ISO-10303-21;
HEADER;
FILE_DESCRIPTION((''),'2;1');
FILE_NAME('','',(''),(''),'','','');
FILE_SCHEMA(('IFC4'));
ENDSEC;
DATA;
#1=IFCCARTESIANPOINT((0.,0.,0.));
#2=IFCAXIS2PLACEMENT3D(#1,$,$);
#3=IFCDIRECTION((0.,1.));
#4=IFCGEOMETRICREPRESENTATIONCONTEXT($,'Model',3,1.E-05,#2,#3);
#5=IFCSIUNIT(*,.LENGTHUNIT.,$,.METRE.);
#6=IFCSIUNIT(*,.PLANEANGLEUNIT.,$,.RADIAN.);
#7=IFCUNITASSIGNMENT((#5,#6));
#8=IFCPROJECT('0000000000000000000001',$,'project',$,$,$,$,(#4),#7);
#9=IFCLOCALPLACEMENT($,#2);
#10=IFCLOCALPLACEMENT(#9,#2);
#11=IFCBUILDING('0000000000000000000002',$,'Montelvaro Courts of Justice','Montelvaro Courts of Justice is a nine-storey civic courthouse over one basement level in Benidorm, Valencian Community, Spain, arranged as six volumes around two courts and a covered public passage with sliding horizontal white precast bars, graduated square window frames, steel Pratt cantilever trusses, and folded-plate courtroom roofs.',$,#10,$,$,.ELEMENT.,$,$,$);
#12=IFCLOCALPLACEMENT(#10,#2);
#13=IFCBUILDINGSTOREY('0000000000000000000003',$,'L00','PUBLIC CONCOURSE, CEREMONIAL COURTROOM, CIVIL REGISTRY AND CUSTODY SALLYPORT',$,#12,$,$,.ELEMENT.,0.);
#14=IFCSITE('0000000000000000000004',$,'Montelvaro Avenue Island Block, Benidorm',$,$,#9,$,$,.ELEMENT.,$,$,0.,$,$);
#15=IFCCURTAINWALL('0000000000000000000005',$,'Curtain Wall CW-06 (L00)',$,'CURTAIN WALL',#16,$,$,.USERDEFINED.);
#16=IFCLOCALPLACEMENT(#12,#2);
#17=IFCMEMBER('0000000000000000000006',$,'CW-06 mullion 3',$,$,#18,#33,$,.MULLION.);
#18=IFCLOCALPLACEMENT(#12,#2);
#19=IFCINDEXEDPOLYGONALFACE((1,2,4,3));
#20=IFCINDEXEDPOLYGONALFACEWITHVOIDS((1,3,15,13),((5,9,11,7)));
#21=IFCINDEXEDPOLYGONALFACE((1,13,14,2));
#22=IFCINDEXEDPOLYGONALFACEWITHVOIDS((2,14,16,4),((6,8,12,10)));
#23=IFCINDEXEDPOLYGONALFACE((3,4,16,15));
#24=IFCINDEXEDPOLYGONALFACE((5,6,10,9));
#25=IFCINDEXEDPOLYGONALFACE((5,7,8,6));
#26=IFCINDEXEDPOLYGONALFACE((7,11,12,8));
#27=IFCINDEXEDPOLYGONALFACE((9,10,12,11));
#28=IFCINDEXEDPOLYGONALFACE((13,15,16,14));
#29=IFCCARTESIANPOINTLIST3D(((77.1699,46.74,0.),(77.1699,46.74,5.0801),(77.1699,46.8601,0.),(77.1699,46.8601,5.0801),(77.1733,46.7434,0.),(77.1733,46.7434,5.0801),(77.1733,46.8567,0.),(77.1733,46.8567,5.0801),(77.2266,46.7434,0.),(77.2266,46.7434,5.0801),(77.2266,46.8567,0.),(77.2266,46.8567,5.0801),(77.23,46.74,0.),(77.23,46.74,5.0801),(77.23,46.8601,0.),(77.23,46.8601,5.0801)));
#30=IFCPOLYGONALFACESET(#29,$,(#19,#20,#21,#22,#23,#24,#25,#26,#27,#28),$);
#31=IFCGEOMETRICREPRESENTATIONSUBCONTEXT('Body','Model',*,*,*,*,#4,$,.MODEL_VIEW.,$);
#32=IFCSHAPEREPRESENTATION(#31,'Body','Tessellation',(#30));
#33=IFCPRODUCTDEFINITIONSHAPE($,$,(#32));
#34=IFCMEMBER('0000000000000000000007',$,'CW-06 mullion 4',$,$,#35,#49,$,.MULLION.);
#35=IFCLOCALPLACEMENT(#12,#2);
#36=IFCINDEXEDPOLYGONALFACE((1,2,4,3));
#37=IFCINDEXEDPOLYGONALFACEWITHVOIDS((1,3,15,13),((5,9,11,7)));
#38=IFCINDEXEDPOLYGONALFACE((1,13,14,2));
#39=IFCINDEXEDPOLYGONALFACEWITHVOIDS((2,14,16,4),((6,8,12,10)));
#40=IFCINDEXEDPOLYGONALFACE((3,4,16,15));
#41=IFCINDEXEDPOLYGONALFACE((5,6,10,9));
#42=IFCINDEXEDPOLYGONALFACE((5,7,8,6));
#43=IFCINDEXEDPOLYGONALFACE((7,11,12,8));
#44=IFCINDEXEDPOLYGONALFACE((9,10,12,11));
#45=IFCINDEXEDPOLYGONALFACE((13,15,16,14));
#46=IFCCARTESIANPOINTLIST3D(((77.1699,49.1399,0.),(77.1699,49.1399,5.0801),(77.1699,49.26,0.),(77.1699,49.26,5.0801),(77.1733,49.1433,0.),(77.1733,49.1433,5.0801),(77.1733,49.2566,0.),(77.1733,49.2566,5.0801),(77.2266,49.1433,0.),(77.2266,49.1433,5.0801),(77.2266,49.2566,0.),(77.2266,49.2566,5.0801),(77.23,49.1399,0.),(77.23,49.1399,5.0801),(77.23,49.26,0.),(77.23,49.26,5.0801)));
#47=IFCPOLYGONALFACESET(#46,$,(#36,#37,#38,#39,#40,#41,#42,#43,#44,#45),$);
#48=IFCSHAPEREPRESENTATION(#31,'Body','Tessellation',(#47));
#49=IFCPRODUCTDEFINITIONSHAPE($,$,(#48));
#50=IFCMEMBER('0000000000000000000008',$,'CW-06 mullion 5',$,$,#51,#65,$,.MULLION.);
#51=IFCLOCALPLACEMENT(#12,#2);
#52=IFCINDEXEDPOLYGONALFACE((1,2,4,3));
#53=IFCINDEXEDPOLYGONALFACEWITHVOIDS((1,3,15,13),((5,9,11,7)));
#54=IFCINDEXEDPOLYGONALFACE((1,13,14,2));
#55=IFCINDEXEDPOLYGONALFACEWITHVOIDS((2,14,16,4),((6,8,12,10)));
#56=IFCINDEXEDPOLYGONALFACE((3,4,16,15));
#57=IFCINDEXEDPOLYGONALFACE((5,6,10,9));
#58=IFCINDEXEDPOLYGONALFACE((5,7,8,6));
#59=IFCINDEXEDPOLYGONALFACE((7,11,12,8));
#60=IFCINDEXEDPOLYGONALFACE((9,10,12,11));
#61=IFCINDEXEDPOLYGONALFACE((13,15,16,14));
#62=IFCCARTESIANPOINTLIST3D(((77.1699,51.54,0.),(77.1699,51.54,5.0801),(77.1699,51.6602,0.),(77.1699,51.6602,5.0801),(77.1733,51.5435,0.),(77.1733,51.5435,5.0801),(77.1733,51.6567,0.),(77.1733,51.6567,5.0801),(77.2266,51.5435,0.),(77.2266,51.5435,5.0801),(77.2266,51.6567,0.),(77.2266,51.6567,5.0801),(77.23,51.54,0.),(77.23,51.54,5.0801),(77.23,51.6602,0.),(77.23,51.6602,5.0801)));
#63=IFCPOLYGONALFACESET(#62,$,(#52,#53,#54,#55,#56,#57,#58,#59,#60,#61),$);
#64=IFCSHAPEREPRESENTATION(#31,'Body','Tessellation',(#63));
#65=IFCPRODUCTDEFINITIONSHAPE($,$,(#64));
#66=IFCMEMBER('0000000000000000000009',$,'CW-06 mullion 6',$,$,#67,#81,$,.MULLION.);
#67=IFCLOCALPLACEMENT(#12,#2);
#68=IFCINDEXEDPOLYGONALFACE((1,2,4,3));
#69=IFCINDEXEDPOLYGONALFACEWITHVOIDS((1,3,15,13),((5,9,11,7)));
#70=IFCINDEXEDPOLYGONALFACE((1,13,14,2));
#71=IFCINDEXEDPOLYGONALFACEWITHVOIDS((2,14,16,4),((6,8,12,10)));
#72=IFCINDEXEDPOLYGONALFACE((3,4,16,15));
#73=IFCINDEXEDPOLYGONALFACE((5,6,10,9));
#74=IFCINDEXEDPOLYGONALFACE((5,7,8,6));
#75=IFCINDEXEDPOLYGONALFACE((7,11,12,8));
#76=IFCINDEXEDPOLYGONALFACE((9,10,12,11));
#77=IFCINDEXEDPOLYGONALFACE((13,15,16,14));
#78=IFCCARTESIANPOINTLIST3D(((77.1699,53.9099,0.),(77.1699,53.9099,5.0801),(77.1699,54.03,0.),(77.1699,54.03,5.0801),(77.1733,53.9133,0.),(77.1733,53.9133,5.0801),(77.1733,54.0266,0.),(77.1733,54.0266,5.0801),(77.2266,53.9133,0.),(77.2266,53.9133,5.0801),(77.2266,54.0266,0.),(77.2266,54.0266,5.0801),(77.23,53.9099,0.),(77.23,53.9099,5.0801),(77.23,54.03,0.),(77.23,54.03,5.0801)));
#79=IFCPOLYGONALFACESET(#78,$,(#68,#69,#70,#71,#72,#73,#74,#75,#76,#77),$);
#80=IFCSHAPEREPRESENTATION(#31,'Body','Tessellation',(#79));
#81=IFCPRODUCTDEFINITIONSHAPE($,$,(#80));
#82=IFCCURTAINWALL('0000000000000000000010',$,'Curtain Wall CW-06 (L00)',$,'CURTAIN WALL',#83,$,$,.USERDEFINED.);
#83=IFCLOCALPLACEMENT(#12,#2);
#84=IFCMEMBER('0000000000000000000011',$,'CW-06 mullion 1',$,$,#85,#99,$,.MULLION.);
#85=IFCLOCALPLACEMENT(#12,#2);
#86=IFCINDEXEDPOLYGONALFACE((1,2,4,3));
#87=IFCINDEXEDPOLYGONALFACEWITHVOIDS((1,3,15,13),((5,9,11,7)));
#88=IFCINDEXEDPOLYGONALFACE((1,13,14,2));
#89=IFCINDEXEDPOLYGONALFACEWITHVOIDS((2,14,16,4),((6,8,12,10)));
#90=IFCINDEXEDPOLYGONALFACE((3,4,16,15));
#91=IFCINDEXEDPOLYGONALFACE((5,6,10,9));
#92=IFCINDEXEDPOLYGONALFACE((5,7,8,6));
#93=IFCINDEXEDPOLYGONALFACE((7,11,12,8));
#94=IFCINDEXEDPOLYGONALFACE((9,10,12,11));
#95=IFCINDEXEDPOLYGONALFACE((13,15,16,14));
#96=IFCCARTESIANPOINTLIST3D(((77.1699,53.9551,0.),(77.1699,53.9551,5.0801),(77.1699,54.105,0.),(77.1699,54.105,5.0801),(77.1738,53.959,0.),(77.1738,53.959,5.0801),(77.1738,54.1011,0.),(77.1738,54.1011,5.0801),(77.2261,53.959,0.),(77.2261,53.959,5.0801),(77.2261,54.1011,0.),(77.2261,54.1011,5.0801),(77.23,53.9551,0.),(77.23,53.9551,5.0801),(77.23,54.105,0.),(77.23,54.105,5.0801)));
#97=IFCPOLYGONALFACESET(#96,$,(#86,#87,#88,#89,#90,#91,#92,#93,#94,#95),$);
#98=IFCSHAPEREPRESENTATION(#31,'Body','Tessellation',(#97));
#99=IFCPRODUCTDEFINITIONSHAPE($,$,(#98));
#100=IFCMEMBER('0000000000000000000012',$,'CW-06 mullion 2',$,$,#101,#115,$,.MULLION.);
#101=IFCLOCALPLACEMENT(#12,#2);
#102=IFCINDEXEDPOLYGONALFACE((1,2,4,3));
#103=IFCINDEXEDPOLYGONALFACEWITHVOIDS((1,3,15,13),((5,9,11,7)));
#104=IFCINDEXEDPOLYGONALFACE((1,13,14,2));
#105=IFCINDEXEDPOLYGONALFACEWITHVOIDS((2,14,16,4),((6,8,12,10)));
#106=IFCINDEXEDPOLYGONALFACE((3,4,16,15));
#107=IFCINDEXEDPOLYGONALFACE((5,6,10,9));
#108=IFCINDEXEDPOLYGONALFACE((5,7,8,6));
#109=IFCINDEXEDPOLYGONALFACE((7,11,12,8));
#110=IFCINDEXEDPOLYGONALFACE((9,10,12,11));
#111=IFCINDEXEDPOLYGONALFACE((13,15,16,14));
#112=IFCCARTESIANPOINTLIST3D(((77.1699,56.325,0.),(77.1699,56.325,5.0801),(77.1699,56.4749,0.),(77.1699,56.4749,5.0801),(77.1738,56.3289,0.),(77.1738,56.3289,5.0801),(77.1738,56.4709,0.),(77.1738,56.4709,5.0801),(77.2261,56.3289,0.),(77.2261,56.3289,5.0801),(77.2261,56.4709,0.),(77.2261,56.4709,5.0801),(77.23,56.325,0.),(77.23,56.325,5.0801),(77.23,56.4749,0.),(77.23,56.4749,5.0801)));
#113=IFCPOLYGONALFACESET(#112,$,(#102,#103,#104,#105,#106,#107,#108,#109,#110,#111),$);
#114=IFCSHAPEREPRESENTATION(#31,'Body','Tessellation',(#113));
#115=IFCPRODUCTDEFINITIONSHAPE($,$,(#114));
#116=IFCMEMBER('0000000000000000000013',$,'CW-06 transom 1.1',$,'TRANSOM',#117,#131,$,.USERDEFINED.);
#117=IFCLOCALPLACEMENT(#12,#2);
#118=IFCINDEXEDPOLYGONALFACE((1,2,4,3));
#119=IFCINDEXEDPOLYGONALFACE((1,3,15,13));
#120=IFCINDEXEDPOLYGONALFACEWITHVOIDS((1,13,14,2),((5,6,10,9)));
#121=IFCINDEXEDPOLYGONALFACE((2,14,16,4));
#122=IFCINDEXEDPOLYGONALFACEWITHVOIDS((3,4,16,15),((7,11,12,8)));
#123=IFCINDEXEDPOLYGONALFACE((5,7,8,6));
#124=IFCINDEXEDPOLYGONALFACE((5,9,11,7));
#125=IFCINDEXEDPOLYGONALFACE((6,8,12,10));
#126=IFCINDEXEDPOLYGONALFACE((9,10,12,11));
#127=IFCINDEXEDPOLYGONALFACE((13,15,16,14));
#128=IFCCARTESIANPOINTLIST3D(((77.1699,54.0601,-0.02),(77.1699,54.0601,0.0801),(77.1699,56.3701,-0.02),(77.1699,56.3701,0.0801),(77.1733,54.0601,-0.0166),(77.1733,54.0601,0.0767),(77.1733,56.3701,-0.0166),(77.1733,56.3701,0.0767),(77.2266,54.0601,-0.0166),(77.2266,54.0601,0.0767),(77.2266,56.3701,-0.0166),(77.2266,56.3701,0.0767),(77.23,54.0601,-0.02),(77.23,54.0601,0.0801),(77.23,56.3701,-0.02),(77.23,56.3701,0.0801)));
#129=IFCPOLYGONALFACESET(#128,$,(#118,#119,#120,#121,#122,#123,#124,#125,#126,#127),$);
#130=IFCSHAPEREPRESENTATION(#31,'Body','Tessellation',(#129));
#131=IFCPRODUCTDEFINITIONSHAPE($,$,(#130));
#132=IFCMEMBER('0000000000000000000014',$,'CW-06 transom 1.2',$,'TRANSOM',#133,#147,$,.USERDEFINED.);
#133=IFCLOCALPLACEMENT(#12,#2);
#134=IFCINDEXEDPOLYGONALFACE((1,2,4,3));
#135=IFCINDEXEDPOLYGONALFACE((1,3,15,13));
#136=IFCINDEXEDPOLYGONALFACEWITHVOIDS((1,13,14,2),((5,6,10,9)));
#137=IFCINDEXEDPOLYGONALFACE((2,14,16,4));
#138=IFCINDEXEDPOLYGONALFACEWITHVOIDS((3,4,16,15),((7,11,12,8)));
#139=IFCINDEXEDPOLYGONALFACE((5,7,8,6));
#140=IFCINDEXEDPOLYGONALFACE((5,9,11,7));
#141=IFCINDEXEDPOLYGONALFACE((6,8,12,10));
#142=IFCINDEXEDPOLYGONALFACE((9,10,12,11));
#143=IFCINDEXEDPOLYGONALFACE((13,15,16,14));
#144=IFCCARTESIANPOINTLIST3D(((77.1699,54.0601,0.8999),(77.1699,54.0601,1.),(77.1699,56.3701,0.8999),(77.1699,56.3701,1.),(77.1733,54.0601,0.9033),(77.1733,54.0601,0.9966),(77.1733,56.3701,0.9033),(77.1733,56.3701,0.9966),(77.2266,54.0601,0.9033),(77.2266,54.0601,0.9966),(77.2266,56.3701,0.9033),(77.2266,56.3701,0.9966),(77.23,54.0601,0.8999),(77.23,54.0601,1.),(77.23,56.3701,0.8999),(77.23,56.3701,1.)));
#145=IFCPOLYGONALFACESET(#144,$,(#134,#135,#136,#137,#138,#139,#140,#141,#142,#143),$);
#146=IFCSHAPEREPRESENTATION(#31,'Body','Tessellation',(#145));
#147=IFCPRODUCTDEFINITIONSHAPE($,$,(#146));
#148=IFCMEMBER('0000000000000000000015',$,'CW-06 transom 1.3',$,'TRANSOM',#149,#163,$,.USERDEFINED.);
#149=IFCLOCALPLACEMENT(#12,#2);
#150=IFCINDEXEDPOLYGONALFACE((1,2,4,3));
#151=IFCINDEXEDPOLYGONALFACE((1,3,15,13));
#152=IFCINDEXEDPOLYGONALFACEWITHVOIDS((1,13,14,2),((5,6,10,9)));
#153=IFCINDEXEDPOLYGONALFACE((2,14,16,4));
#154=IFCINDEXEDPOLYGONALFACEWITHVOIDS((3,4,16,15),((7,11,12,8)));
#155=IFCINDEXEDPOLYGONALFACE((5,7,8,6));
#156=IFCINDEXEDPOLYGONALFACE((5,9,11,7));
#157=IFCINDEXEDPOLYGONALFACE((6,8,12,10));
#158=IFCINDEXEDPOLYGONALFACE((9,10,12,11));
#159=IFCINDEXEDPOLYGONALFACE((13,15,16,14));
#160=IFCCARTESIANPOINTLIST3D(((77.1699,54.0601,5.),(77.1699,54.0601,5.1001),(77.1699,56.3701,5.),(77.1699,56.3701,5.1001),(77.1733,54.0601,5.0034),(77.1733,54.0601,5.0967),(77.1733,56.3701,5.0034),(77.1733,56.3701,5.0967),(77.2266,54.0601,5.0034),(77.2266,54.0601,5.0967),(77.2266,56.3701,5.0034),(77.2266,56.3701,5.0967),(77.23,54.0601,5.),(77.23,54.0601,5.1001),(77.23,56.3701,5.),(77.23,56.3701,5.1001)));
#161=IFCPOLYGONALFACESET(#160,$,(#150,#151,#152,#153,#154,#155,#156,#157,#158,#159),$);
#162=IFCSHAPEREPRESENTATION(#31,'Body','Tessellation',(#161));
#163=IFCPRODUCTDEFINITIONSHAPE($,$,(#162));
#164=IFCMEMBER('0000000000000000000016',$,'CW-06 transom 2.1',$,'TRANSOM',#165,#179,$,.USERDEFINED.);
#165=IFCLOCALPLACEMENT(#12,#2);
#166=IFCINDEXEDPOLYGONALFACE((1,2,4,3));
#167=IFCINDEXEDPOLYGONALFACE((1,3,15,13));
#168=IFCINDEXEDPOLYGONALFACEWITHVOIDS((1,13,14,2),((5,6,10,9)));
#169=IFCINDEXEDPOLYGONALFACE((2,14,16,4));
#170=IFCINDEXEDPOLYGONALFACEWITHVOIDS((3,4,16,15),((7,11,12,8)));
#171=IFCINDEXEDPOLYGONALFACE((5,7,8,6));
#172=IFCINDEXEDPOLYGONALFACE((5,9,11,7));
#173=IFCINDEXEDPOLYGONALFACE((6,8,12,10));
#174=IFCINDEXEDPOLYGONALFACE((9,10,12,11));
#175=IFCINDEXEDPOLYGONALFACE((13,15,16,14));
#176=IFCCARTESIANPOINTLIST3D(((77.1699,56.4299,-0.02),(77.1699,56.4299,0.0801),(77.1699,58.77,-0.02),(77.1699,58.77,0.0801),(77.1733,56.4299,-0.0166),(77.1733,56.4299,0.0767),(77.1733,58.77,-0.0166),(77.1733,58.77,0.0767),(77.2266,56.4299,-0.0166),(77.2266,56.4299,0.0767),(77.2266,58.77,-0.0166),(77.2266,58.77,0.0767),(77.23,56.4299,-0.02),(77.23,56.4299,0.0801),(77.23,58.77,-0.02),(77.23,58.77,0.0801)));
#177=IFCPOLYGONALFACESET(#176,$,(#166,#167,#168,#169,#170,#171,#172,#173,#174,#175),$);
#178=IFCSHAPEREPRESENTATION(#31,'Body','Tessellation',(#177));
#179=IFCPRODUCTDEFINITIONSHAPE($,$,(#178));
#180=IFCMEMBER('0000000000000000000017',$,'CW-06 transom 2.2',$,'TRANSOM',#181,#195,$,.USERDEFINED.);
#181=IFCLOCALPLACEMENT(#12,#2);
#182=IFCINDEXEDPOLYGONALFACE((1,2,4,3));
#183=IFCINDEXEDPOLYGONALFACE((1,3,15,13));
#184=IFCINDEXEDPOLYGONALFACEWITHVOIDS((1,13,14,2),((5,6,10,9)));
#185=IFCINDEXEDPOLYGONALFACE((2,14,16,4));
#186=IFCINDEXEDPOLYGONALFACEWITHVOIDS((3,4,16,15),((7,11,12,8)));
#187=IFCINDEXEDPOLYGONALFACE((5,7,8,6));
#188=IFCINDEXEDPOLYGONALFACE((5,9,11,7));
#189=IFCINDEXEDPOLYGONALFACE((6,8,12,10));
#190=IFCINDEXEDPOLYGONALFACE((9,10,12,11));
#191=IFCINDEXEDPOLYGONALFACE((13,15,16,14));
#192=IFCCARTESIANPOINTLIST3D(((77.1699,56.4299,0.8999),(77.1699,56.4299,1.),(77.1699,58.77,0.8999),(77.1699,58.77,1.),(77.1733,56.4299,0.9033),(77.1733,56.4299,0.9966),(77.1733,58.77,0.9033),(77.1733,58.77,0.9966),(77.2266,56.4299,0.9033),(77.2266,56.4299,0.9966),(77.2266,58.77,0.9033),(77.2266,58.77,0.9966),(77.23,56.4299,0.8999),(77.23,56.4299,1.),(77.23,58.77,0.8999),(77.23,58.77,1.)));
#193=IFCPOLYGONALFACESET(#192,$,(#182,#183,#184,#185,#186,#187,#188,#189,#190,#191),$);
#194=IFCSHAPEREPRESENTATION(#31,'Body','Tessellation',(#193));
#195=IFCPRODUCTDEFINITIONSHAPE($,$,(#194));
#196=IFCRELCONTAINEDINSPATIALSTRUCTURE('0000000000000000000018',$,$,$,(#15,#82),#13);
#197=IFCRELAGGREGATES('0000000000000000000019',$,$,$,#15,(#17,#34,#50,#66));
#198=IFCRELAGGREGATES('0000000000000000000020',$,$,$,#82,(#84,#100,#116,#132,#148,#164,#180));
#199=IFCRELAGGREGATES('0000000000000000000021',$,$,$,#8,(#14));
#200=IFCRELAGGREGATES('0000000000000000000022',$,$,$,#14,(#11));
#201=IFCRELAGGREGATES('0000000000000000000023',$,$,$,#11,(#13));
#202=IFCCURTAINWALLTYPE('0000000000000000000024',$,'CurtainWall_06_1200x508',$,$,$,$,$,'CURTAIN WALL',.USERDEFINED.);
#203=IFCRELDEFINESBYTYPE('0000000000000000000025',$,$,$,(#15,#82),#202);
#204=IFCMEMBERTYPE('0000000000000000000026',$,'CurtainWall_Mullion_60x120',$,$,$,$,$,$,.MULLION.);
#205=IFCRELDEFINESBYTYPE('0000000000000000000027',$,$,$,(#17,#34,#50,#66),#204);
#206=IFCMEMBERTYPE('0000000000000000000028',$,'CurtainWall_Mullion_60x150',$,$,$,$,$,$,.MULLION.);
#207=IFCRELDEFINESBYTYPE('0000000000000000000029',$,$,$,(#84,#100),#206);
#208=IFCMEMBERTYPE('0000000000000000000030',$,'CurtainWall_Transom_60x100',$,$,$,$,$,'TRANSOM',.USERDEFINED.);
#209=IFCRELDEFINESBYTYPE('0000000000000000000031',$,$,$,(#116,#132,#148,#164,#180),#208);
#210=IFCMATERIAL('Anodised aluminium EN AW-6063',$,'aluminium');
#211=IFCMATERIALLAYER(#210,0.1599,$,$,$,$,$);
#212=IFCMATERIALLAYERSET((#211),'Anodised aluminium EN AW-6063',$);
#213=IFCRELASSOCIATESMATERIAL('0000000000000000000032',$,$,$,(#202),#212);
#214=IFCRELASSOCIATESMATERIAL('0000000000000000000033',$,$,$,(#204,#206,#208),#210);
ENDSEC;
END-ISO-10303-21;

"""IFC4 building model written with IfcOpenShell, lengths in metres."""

from ifc_helpers import new_model, si_unit, direction, frame, origin, origin_2d, place, context, subcontext, project, spatial, hollow_rectangle, extrude, material, layer, layer_set, material_profile, profile_set, type_object, element, aggregate, save


model = new_model("IFC4")

# Units and contexts
model_context = context("Model", 3, precision=1e-05, world=origin(), true_north=direction((0.0, 1.0)))
body_context = subcontext(model_context, "Body", "Model", "MODEL_VIEW")
ifc_project = project(units=[si_unit("LENGTHUNIT", "METRE"), si_unit("PLANEANGLEUNIT", "RADIAN")], contexts=[model_context])

# Site, building, storey
site_placement = place(None, origin())
site = spatial("IfcSite", under=ifc_project, at=site_placement, Name="Montelvaro Avenue Island Block, Benidorm", CompositionType="ELEMENT", RefElevation=0.0)
building_placement = place(site_placement, origin())
building = spatial("IfcBuilding", under=site, at=building_placement, Name="Montelvaro Courts of Justice", Description="Montelvaro Courts of Justice is a nine-storey civic courthouse over one basement level in Benidorm, Valencian Community, Spain, arranged as six volumes around two courts and a covered public passage with sliding horizontal white precast bars, graduated square window frames, steel Pratt cantilever trusses, and folded-plate courtroom roofs.", CompositionType="ELEMENT")
storey_placement = place(building_placement, origin())
storey = spatial("IfcBuildingStorey", under=building, at=storey_placement, Name="L00", Description="PUBLIC CONCOURSE, CEREMONIAL COURTROOM, CIVIL REGISTRY AND CUSTODY SALLYPORT", CompositionType="ELEMENT", Elevation=0.0)

# Curtain walls, members
ifc_material_1 = material(Name="Anodised aluminium EN AW-6063", Category="aluminium")
ifc_layer_1 = layer(ifc_material_1, 0.1599)
ifc_layer_set_1 = layer_set([ifc_layer_1], Name="Anodised aluminium EN AW-6063")
curtain_wall_type = type_object("IfcCurtainWallType", Name="CurtainWall_06_1200x508", ElementType="CURTAIN WALL", PredefinedType="USERDEFINED", material=ifc_layer_set_1)
curtain_wall_1_placement = place(storey_placement, origin())
curtain_wall_1 = element("IfcCurtainWall", 1, at=curtain_wall_1_placement, inside=storey, type_object=curtain_wall_type, Name="Curtain Wall CW-06 (L00)", ObjectType="CURTAIN WALL", PredefinedType="USERDEFINED")
ifc_material_profile_1 = material_profile(ifc_material_1, hollow_rectangle(XDim=0.0601, YDim=0.1201, WallThickness=0.0034, at=origin_2d()), Name="ALU-M 60x120")
ifc_profile_set_1 = profile_set([ifc_material_profile_1], Name="Anodised aluminium EN AW-6063")
member_type_1 = type_object("IfcMemberType", Name="CurtainWall_Mullion_60x120", PredefinedType="MULLION", material=ifc_profile_set_1)
member_1_placement = place(storey_placement, frame((77.2, 46.8, 0.0), z_axis=(0.0, 0.0, 1.0), x_axis=(-1.0, 0.0, 0.0)))
member_1 = element("IfcMember", 2, at=member_1_placement, type_object=member_type_1, Name="CW-06 mullion 3", PredefinedType="MULLION", context=body_context, shape_type="SweptSolid", body=[
    extrude(hollow_rectangle(XDim=0.0601, YDim=0.1201, WallThickness=0.0034, at=origin_2d()), origin(), (0.0, 0.0, 1.0), 5.0801),
])
member_2_placement = place(storey_placement, frame((77.2, 49.2, 0.0), z_axis=(0.0, 0.0, 1.0), x_axis=(-1.0, 0.0, 0.0)))
member_2 = element("IfcMember", 3, at=member_2_placement, type_object=member_type_1, Name="CW-06 mullion 4", PredefinedType="MULLION", context=body_context, shape_type="SweptSolid", body=[
    extrude(hollow_rectangle(XDim=0.0601, YDim=0.1201, WallThickness=0.0034, at=origin_2d()), origin(), (0.0, 0.0, 1.0), 5.0801),
])
member_3_placement = place(storey_placement, frame((77.2, 51.6001, 0.0), z_axis=(0.0, 0.0, 1.0), x_axis=(-1.0, 0.0, 0.0)))
member_3 = element("IfcMember", 4, at=member_3_placement, type_object=member_type_1, Name="CW-06 mullion 5", PredefinedType="MULLION", context=body_context, shape_type="SweptSolid", body=[
    extrude(hollow_rectangle(XDim=0.0601, YDim=0.1201, WallThickness=0.0034, at=origin_2d()), origin(), (0.0, 0.0, 1.0), 5.0801),
])
member_4_placement = place(storey_placement, frame((77.2, 53.97, 0.0), z_axis=(0.0, 0.0, 1.0), x_axis=(-1.0, 0.0, 0.0)))
member_4 = element("IfcMember", 5, at=member_4_placement, type_object=member_type_1, Name="CW-06 mullion 6", PredefinedType="MULLION", context=body_context, shape_type="SweptSolid", body=[
    extrude(hollow_rectangle(XDim=0.0601, YDim=0.1201, WallThickness=0.0034, at=origin_2d()), origin(), (0.0, 0.0, 1.0), 5.0801),
])
curtain_wall_2_placement = place(storey_placement, origin())
curtain_wall_2 = element("IfcCurtainWall", 6, at=curtain_wall_2_placement, inside=storey, type_object=curtain_wall_type, Name="Curtain Wall CW-06 (L00)", ObjectType="CURTAIN WALL", PredefinedType="USERDEFINED")
ifc_material_profile_2 = material_profile(ifc_material_1, hollow_rectangle(XDim=0.0601, YDim=0.1499, WallThickness=0.0039, at=origin_2d()), Name="ALU-M 60x150")
ifc_profile_set_2 = profile_set([ifc_material_profile_2], Name="Anodised aluminium EN AW-6063")
member_type_2 = type_object("IfcMemberType", Name="CurtainWall_Mullion_60x150", PredefinedType="MULLION", material=ifc_profile_set_2)
member_5_placement = place(storey_placement, frame((77.2, 54.03, 0.0), z_axis=(0.0, 0.0, 1.0), x_axis=(-1.0, 0.0, 0.0)))
member_5 = element("IfcMember", 7, at=member_5_placement, type_object=member_type_2, Name="CW-06 mullion 1", PredefinedType="MULLION", context=body_context, shape_type="SweptSolid", body=[
    extrude(hollow_rectangle(XDim=0.0601, YDim=0.1499, WallThickness=0.0039, at=origin_2d()), origin(), (0.0, 0.0, 1.0), 5.0801),
])
member_6_placement = place(storey_placement, frame((77.2, 56.3999, 0.0), z_axis=(0.0, 0.0, 1.0), x_axis=(-1.0, 0.0, 0.0)))
member_6 = element("IfcMember", 8, at=member_6_placement, type_object=member_type_2, Name="CW-06 mullion 2", PredefinedType="MULLION", context=body_context, shape_type="SweptSolid", body=[
    extrude(hollow_rectangle(XDim=0.0601, YDim=0.1499, WallThickness=0.0039, at=origin_2d()), origin(), (0.0, 0.0, 1.0), 5.0801),
])
ifc_material_profile_3 = material_profile(ifc_material_1, hollow_rectangle(XDim=0.0601, YDim=0.1001, WallThickness=0.0034, at=origin_2d()), Name="ALU-T 60x100")
ifc_profile_set_3 = profile_set([ifc_material_profile_3], Name="Anodised aluminium EN AW-6063")
member_type_3 = type_object("IfcMemberType", Name="CurtainWall_Transom_60x100", ElementType="TRANSOM", PredefinedType="USERDEFINED", material=ifc_profile_set_3)
member_7_placement = place(storey_placement, frame((77.2, 54.0601, 0.03), z_axis=(0.0, 1.0, 0.0), x_axis=(-1.0, 0.0, 0.0)))
member_7 = element("IfcMember", 9, at=member_7_placement, type_object=member_type_3, Name="CW-06 transom 1.1", ObjectType="TRANSOM", PredefinedType="USERDEFINED", context=body_context, shape_type="SweptSolid", body=[
    extrude(hollow_rectangle(XDim=0.0601, YDim=0.1001, WallThickness=0.0034, at=origin_2d()), origin(), (0.0, 0.0, 1.0), 2.3101),
])
member_8_placement = place(storey_placement, frame((77.2, 54.0601, 0.95), z_axis=(0.0, 1.0, 0.0), x_axis=(-1.0, 0.0, 0.0)))
member_8 = element("IfcMember", 10, at=member_8_placement, type_object=member_type_3, Name="CW-06 transom 1.2", ObjectType="TRANSOM", PredefinedType="USERDEFINED", context=body_context, shape_type="SweptSolid", body=[
    extrude(hollow_rectangle(XDim=0.0601, YDim=0.1001, WallThickness=0.0034, at=origin_2d()), origin(), (0.0, 0.0, 1.0), 2.3101),
])
member_9_placement = place(storey_placement, frame((77.2, 54.0601, 5.05), z_axis=(0.0, 1.0, 0.0), x_axis=(-1.0, 0.0, 0.0)))
member_9 = element("IfcMember", 11, at=member_9_placement, type_object=member_type_3, Name="CW-06 transom 1.3", ObjectType="TRANSOM", PredefinedType="USERDEFINED", context=body_context, shape_type="SweptSolid", body=[
    extrude(hollow_rectangle(XDim=0.0601, YDim=0.1001, WallThickness=0.0034, at=origin_2d()), origin(), (0.0, 0.0, 1.0), 2.3101),
])
member_10_placement = place(storey_placement, frame((77.2, 56.4299, 0.03), z_axis=(0.0, 1.0, 0.0), x_axis=(-1.0, 0.0, 0.0)))
member_10 = element("IfcMember", 12, at=member_10_placement, type_object=member_type_3, Name="CW-06 transom 2.1", ObjectType="TRANSOM", PredefinedType="USERDEFINED", context=body_context, shape_type="SweptSolid", body=[
    extrude(hollow_rectangle(XDim=0.0601, YDim=0.1001, WallThickness=0.0034, at=origin_2d()), origin(), (0.0, 0.0, 1.0), 2.3401),
])
member_11_placement = place(storey_placement, frame((77.2, 56.4299, 0.95), z_axis=(0.0, 1.0, 0.0), x_axis=(-1.0, 0.0, 0.0)))
member_11 = element("IfcMember", 13, at=member_11_placement, type_object=member_type_3, Name="CW-06 transom 2.2", ObjectType="TRANSOM", PredefinedType="USERDEFINED", context=body_context, shape_type="SweptSolid", body=[
    extrude(hollow_rectangle(XDim=0.0601, YDim=0.1001, WallThickness=0.0034, at=origin_2d()), origin(), (0.0, 0.0, 1.0), 2.3401),
])

aggregate(curtain_wall_1, [member_1, member_2, member_3, member_4])
aggregate(curtain_wall_2, [member_5, member_6, member_7, member_8, member_9, member_10, member_11])

save(model, "model.ifc")
